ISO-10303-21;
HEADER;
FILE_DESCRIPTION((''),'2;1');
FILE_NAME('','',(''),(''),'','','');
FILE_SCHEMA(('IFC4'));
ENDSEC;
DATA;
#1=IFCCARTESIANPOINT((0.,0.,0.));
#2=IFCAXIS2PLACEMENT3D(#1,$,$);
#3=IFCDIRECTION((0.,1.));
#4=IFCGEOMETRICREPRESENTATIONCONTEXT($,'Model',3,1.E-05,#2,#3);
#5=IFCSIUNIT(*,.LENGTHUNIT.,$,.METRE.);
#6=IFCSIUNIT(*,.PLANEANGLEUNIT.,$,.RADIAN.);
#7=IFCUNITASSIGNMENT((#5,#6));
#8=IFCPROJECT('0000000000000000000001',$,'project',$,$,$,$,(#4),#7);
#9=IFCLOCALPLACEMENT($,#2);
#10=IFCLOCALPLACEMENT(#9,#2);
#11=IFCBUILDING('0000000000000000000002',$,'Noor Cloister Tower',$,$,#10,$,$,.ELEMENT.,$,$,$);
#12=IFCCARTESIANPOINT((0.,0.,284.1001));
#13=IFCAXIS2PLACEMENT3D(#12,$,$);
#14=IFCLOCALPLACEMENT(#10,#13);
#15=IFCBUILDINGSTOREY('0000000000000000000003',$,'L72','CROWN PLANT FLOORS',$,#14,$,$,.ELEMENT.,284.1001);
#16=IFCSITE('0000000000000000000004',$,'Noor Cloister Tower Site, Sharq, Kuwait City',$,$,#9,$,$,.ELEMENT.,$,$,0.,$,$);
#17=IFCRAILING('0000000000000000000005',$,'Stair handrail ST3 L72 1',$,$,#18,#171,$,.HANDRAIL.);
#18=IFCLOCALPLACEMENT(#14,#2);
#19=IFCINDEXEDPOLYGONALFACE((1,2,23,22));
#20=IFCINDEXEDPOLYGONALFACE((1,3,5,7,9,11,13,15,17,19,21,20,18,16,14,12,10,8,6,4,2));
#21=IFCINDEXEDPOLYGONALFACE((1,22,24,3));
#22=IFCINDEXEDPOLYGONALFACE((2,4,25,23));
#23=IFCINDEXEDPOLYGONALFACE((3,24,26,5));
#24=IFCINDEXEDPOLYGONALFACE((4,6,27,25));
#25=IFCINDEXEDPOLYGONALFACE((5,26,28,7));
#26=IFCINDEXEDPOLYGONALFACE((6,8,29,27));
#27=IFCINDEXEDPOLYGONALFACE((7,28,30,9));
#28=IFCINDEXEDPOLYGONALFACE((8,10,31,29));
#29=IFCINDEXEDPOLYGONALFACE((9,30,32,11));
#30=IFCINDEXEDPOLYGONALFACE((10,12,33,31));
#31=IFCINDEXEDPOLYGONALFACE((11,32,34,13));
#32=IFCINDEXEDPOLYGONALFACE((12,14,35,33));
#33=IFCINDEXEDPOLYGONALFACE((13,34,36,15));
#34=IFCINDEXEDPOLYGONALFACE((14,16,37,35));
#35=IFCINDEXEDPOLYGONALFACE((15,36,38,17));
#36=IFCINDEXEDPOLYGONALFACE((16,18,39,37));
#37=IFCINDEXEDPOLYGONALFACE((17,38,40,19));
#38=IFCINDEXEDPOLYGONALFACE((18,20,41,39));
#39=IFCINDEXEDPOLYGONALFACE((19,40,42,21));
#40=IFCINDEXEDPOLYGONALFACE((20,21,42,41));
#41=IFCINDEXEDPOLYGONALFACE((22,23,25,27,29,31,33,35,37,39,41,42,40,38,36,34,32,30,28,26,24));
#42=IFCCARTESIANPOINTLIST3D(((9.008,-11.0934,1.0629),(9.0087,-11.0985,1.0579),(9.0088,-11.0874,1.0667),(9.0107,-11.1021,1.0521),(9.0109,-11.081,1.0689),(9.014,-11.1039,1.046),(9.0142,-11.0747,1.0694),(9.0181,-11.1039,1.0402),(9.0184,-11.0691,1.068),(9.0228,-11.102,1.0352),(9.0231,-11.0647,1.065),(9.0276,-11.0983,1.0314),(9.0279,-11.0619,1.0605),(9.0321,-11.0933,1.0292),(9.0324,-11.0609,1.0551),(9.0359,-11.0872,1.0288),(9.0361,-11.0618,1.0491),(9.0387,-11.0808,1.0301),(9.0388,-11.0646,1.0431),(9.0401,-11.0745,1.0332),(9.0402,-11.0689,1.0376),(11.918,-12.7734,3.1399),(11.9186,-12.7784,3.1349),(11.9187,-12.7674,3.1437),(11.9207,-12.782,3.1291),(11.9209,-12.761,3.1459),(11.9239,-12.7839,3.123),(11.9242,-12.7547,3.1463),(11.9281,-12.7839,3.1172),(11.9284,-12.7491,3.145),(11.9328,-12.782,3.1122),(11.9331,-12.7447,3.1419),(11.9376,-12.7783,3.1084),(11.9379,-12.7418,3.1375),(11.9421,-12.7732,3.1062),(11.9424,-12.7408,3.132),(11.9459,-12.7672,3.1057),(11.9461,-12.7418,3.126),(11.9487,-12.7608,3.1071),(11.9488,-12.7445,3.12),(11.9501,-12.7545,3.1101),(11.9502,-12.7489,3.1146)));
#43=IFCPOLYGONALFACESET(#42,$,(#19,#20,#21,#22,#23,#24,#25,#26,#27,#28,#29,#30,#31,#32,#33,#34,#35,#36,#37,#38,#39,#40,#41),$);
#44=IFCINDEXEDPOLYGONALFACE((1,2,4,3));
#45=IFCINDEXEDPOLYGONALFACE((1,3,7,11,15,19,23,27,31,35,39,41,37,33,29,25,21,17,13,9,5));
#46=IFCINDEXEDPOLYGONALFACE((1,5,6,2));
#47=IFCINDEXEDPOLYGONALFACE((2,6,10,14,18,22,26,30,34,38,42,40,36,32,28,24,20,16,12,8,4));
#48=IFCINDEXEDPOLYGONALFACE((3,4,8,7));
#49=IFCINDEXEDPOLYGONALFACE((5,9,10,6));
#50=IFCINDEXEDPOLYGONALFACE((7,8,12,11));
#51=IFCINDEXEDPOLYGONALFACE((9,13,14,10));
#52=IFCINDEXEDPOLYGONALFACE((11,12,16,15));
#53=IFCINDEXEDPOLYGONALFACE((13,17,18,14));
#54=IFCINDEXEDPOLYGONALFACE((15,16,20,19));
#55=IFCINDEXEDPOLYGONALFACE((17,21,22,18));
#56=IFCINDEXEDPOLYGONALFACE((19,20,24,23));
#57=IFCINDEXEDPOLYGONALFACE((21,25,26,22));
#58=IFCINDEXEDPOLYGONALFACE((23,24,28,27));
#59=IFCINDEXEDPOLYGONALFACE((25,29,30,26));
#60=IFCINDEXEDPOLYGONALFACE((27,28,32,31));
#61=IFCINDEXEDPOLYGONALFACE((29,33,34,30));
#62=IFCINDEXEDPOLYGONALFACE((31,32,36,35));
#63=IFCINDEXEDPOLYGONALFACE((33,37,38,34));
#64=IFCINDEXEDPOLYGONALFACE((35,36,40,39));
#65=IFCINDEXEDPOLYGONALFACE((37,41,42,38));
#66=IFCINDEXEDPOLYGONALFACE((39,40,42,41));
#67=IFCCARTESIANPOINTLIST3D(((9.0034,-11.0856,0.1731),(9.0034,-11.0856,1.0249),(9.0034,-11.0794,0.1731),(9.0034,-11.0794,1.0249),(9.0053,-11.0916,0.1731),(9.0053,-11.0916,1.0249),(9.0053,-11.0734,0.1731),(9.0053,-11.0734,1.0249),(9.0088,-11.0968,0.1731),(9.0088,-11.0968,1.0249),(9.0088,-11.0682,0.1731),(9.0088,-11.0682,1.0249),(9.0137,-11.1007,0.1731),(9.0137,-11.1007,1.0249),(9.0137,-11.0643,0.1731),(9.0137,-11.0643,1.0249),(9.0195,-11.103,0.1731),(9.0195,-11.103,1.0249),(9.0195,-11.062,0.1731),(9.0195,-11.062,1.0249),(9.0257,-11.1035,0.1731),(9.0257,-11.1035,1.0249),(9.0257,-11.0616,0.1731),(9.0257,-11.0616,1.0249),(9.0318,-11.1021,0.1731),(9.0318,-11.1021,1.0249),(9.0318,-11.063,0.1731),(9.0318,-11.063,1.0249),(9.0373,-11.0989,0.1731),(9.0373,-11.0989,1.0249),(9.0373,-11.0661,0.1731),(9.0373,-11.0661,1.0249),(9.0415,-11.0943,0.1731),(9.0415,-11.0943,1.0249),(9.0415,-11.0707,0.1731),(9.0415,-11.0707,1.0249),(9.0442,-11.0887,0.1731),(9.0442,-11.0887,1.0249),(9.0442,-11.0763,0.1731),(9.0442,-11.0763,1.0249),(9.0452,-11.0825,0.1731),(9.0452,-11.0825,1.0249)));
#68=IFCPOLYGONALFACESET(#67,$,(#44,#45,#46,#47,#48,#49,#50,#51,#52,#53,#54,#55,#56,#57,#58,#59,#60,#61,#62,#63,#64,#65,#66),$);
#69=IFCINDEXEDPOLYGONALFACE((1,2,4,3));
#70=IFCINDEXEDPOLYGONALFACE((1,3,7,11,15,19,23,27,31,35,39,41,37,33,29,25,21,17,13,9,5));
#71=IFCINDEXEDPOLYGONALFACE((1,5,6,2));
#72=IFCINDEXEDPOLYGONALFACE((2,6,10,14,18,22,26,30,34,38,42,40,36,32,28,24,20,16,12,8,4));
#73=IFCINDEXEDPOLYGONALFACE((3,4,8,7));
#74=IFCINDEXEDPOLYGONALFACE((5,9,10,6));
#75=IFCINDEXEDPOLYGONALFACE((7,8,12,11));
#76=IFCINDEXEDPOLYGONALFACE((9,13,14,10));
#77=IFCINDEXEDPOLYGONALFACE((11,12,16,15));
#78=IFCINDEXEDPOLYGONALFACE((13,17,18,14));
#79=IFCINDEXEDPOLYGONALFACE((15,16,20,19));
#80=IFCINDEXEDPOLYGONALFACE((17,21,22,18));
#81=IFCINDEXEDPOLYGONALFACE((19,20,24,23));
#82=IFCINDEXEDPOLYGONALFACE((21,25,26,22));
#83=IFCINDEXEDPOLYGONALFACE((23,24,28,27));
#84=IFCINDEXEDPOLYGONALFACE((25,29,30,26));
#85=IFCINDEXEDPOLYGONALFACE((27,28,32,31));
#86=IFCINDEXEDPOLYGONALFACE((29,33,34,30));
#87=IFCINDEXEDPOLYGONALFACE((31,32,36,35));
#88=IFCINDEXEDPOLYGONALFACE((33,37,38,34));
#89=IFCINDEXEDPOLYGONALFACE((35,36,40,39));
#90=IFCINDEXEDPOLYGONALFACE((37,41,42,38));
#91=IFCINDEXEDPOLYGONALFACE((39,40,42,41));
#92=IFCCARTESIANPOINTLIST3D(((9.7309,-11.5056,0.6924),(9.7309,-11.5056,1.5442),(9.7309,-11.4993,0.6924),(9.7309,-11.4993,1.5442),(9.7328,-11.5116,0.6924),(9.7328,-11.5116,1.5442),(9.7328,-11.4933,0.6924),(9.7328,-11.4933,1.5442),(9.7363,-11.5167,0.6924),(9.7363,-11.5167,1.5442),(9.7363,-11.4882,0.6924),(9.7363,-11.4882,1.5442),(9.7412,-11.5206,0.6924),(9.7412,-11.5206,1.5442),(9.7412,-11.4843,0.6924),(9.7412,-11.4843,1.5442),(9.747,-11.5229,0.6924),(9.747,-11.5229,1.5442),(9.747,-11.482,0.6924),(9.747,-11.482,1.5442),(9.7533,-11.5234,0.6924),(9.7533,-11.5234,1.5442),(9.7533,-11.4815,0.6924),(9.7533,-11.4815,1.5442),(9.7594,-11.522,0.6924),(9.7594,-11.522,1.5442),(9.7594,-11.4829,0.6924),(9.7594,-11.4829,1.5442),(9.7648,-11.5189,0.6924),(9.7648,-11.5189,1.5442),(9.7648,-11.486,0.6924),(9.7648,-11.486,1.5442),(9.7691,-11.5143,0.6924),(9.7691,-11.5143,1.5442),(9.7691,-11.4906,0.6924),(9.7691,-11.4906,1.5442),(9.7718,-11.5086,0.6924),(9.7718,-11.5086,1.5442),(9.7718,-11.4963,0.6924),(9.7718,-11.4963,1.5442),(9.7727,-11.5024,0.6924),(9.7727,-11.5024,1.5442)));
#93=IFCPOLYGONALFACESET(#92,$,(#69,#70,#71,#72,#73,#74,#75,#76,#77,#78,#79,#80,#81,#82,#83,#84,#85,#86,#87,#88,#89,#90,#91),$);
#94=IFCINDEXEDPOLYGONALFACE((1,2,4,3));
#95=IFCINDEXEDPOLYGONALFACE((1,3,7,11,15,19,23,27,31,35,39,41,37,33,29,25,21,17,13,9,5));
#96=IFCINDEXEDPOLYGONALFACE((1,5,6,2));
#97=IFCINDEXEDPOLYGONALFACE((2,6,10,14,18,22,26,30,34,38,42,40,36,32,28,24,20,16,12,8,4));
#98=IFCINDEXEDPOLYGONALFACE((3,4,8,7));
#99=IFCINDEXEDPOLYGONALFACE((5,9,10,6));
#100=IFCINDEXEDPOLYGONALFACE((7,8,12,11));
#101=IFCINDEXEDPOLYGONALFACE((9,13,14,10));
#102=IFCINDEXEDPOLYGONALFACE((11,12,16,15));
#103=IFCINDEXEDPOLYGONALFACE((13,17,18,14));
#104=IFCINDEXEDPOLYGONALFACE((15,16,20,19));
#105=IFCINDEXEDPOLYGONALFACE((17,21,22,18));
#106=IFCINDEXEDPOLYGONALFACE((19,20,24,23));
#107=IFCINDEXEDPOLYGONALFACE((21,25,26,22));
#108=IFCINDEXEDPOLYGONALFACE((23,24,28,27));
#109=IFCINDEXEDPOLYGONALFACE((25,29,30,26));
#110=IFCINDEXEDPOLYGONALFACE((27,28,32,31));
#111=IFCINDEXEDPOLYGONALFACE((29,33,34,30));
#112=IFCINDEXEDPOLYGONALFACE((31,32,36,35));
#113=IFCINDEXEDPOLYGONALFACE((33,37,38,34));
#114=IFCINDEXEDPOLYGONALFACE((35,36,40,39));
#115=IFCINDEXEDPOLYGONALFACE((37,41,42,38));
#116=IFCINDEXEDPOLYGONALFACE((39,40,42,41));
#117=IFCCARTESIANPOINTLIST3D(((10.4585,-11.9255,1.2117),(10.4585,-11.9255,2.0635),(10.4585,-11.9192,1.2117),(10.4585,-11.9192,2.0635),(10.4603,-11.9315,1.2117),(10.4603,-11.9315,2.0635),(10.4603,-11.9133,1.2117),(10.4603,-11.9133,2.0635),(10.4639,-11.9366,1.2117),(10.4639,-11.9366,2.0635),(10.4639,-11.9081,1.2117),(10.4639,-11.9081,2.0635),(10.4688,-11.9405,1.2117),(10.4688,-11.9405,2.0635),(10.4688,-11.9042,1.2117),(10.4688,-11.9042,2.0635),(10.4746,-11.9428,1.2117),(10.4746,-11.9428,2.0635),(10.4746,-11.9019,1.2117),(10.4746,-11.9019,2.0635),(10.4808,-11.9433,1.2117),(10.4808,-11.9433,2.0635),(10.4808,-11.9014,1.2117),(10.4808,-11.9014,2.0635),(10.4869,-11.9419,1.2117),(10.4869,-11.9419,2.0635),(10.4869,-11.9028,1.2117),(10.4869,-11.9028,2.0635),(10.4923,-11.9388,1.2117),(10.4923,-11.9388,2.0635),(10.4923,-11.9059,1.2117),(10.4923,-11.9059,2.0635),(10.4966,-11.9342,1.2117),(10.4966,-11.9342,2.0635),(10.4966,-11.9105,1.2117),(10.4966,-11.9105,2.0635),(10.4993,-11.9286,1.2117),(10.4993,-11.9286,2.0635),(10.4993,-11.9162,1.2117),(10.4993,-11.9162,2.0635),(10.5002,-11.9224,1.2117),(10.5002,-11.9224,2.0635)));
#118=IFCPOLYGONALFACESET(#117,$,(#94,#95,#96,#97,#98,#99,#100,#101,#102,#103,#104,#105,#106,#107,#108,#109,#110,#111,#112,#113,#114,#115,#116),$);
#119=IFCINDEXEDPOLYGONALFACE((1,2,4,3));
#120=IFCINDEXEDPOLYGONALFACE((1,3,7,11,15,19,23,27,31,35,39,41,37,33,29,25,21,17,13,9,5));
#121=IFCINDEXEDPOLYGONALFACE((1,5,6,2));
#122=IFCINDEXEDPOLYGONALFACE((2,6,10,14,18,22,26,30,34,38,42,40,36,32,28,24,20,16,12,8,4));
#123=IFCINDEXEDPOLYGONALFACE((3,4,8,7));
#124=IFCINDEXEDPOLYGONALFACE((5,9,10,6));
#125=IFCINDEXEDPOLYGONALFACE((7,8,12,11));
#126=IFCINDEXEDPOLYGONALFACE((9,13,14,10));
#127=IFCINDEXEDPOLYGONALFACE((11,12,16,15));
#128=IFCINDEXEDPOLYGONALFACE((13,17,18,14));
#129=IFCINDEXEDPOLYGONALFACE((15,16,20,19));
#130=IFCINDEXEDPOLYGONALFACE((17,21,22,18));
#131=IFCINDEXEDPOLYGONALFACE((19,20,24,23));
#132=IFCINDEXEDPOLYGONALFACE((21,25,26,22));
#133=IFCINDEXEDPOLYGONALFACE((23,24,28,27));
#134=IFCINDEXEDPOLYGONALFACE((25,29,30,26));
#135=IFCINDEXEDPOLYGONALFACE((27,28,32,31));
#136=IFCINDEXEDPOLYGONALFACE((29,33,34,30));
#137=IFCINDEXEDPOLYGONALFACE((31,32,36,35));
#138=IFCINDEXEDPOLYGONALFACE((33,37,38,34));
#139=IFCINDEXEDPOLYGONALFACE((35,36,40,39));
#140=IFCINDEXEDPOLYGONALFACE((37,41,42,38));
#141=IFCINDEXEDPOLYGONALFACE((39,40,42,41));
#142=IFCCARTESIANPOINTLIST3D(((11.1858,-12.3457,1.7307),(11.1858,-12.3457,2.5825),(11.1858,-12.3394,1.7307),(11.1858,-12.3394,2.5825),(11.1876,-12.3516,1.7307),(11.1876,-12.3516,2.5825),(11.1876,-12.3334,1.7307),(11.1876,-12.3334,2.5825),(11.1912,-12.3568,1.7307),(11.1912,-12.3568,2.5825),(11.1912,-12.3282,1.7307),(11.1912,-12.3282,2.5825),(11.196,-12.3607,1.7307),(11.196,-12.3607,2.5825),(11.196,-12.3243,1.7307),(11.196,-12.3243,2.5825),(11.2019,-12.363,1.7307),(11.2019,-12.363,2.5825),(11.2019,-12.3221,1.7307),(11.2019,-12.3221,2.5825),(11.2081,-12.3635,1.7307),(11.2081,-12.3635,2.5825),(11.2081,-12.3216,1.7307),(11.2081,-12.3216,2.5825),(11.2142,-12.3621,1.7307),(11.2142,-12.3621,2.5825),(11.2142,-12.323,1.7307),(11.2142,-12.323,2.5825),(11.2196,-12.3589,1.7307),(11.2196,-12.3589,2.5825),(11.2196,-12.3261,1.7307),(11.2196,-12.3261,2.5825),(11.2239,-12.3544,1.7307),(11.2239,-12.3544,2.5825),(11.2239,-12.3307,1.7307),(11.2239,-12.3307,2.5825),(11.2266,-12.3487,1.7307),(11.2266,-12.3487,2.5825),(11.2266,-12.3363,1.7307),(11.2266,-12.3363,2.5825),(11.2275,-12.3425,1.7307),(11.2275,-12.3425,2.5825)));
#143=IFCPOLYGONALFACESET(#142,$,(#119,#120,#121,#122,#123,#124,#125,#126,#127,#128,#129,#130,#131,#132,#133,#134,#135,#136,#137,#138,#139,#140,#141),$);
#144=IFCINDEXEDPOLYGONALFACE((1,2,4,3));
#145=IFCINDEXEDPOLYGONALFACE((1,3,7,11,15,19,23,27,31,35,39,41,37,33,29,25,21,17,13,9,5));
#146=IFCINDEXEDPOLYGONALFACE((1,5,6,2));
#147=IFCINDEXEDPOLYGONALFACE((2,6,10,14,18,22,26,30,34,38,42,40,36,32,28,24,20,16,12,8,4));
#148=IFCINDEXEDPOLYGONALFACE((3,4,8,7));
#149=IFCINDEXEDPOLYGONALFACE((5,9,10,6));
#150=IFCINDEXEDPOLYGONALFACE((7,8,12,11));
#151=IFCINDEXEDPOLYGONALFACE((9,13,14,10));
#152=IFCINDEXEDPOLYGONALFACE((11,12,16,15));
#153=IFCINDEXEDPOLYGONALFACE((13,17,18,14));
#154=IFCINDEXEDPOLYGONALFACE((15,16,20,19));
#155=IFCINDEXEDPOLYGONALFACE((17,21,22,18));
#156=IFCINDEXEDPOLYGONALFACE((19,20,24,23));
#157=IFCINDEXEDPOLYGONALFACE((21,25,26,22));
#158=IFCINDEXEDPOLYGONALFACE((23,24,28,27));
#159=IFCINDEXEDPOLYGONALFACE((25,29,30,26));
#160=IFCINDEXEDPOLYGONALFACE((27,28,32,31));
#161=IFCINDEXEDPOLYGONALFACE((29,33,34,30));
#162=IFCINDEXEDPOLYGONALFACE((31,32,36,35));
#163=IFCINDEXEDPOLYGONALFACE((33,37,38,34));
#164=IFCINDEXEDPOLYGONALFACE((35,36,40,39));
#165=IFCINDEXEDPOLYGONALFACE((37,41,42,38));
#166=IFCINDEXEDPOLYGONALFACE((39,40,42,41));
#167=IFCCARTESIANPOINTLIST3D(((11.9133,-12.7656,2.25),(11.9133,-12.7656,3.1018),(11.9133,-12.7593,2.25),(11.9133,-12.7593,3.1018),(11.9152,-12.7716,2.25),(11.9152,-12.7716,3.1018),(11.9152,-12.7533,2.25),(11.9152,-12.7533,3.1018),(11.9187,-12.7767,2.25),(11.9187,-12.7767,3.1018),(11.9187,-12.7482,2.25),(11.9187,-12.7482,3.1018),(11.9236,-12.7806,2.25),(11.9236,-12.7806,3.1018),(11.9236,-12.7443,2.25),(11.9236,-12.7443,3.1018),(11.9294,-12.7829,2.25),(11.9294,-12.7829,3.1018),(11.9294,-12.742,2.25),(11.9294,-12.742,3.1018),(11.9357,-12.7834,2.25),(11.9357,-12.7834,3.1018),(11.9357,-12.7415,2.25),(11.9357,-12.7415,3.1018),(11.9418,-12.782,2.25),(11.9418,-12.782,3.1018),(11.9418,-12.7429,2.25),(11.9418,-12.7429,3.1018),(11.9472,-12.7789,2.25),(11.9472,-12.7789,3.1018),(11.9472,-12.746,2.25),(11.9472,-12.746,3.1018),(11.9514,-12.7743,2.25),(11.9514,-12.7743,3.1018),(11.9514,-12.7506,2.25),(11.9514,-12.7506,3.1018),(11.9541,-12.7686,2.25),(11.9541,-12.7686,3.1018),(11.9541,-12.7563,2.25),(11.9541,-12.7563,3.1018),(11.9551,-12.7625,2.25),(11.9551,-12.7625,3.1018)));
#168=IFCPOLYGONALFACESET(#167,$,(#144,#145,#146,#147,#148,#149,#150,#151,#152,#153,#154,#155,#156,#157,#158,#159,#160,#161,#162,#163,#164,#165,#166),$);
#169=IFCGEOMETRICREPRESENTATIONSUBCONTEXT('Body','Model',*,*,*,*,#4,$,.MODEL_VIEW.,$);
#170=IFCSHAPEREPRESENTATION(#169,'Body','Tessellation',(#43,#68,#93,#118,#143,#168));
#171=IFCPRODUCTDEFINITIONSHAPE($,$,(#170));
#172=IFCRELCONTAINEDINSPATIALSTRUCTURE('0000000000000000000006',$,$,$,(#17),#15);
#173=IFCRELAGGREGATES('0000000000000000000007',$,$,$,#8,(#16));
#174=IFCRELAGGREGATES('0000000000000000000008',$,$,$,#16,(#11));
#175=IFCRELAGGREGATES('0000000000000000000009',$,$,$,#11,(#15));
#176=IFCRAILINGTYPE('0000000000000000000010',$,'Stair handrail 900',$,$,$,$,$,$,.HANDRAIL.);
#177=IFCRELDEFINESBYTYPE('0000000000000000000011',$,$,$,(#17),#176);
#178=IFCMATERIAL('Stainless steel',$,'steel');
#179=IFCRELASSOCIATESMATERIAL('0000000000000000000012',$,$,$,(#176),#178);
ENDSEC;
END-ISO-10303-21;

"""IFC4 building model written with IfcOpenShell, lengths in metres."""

from ifc_helpers import new_model, si_unit, direction, frame, origin, origin_2d, place, context, subcontext, project, spatial, circle, extrude, material, type_object, element, save


model = new_model("IFC4")

# Units and contexts
model_context = context("Model", 3, precision=1e-05, world=origin(), true_north=direction((0.0, 1.0)))
body_context = subcontext(model_context, "Body", "Model", "MODEL_VIEW")
ifc_project = project(units=[si_unit("LENGTHUNIT", "METRE"), si_unit("PLANEANGLEUNIT", "RADIAN")], contexts=[model_context])

# Site, building, storey
site_placement = place(None, origin())
site = spatial("IfcSite", under=ifc_project, at=site_placement, Name="Noor Cloister Tower Site, Sharq, Kuwait City", CompositionType="ELEMENT", RefElevation=0.0)
building_placement = place(site_placement, origin())
building = spatial("IfcBuilding", under=site, at=building_placement, Name="Noor Cloister Tower", CompositionType="ELEMENT")
storey_placement = place(building_placement, frame((0.0, 0.0, 284.1001)))
storey = spatial("IfcBuildingStorey", under=building, at=storey_placement, Name="L72", Description="CROWN PLANT FLOORS", CompositionType="ELEMENT", Elevation=284.1001)

# Railing
ifc_material_1 = material(Name="Stainless steel", Category="steel")
railing_type_1 = type_object("IfcRailingType", Name="Stair handrail 900", PredefinedType="HANDRAIL", material=ifc_material_1)
railing_1_placement = place(storey_placement, frame((9.0242, -11.0825, 0.1731)))
element("IfcRailing", 1, at=railing_1_placement, inside=storey, type_object=railing_type_1, Name="Stair handrail ST3 L72 1", PredefinedType="HANDRAIL", context=body_context, shape_type="SweptSolid", body=[
    extrude(circle(Radius=0.0239, at=origin_2d()), frame((0.0, 0.0, 0.876), z_axis=(0.736668, -0.425288, 0.525785), x_axis=(0.499976, 0.866039, 0.0)), (0.0, 0.0, 1.0), 3.9502),
    extrude(circle(Radius=0.021, at=origin_2d()), origin(), (0.0, 0.0, 1.0), 0.8518),
    extrude(circle(Radius=0.021, at=origin_2d()), frame((0.7275, -0.4199, 0.5193)), (0.0, 0.0, 1.0), 0.8518),
    extrude(circle(Radius=0.021, at=origin_2d()), frame((1.4551, -0.8398, 1.0386)), (0.0, 0.0, 1.0), 0.8518),
    extrude(circle(Radius=0.021, at=origin_2d()), frame((2.1824, -1.26, 1.5576)), (0.0, 0.0, 1.0), 0.8518),
    extrude(circle(Radius=0.021, at=origin_2d()), frame((2.9099, -1.6799, 2.0769)), (0.0, 0.0, 1.0), 0.8518),
])

save(model, "model.ifc")
